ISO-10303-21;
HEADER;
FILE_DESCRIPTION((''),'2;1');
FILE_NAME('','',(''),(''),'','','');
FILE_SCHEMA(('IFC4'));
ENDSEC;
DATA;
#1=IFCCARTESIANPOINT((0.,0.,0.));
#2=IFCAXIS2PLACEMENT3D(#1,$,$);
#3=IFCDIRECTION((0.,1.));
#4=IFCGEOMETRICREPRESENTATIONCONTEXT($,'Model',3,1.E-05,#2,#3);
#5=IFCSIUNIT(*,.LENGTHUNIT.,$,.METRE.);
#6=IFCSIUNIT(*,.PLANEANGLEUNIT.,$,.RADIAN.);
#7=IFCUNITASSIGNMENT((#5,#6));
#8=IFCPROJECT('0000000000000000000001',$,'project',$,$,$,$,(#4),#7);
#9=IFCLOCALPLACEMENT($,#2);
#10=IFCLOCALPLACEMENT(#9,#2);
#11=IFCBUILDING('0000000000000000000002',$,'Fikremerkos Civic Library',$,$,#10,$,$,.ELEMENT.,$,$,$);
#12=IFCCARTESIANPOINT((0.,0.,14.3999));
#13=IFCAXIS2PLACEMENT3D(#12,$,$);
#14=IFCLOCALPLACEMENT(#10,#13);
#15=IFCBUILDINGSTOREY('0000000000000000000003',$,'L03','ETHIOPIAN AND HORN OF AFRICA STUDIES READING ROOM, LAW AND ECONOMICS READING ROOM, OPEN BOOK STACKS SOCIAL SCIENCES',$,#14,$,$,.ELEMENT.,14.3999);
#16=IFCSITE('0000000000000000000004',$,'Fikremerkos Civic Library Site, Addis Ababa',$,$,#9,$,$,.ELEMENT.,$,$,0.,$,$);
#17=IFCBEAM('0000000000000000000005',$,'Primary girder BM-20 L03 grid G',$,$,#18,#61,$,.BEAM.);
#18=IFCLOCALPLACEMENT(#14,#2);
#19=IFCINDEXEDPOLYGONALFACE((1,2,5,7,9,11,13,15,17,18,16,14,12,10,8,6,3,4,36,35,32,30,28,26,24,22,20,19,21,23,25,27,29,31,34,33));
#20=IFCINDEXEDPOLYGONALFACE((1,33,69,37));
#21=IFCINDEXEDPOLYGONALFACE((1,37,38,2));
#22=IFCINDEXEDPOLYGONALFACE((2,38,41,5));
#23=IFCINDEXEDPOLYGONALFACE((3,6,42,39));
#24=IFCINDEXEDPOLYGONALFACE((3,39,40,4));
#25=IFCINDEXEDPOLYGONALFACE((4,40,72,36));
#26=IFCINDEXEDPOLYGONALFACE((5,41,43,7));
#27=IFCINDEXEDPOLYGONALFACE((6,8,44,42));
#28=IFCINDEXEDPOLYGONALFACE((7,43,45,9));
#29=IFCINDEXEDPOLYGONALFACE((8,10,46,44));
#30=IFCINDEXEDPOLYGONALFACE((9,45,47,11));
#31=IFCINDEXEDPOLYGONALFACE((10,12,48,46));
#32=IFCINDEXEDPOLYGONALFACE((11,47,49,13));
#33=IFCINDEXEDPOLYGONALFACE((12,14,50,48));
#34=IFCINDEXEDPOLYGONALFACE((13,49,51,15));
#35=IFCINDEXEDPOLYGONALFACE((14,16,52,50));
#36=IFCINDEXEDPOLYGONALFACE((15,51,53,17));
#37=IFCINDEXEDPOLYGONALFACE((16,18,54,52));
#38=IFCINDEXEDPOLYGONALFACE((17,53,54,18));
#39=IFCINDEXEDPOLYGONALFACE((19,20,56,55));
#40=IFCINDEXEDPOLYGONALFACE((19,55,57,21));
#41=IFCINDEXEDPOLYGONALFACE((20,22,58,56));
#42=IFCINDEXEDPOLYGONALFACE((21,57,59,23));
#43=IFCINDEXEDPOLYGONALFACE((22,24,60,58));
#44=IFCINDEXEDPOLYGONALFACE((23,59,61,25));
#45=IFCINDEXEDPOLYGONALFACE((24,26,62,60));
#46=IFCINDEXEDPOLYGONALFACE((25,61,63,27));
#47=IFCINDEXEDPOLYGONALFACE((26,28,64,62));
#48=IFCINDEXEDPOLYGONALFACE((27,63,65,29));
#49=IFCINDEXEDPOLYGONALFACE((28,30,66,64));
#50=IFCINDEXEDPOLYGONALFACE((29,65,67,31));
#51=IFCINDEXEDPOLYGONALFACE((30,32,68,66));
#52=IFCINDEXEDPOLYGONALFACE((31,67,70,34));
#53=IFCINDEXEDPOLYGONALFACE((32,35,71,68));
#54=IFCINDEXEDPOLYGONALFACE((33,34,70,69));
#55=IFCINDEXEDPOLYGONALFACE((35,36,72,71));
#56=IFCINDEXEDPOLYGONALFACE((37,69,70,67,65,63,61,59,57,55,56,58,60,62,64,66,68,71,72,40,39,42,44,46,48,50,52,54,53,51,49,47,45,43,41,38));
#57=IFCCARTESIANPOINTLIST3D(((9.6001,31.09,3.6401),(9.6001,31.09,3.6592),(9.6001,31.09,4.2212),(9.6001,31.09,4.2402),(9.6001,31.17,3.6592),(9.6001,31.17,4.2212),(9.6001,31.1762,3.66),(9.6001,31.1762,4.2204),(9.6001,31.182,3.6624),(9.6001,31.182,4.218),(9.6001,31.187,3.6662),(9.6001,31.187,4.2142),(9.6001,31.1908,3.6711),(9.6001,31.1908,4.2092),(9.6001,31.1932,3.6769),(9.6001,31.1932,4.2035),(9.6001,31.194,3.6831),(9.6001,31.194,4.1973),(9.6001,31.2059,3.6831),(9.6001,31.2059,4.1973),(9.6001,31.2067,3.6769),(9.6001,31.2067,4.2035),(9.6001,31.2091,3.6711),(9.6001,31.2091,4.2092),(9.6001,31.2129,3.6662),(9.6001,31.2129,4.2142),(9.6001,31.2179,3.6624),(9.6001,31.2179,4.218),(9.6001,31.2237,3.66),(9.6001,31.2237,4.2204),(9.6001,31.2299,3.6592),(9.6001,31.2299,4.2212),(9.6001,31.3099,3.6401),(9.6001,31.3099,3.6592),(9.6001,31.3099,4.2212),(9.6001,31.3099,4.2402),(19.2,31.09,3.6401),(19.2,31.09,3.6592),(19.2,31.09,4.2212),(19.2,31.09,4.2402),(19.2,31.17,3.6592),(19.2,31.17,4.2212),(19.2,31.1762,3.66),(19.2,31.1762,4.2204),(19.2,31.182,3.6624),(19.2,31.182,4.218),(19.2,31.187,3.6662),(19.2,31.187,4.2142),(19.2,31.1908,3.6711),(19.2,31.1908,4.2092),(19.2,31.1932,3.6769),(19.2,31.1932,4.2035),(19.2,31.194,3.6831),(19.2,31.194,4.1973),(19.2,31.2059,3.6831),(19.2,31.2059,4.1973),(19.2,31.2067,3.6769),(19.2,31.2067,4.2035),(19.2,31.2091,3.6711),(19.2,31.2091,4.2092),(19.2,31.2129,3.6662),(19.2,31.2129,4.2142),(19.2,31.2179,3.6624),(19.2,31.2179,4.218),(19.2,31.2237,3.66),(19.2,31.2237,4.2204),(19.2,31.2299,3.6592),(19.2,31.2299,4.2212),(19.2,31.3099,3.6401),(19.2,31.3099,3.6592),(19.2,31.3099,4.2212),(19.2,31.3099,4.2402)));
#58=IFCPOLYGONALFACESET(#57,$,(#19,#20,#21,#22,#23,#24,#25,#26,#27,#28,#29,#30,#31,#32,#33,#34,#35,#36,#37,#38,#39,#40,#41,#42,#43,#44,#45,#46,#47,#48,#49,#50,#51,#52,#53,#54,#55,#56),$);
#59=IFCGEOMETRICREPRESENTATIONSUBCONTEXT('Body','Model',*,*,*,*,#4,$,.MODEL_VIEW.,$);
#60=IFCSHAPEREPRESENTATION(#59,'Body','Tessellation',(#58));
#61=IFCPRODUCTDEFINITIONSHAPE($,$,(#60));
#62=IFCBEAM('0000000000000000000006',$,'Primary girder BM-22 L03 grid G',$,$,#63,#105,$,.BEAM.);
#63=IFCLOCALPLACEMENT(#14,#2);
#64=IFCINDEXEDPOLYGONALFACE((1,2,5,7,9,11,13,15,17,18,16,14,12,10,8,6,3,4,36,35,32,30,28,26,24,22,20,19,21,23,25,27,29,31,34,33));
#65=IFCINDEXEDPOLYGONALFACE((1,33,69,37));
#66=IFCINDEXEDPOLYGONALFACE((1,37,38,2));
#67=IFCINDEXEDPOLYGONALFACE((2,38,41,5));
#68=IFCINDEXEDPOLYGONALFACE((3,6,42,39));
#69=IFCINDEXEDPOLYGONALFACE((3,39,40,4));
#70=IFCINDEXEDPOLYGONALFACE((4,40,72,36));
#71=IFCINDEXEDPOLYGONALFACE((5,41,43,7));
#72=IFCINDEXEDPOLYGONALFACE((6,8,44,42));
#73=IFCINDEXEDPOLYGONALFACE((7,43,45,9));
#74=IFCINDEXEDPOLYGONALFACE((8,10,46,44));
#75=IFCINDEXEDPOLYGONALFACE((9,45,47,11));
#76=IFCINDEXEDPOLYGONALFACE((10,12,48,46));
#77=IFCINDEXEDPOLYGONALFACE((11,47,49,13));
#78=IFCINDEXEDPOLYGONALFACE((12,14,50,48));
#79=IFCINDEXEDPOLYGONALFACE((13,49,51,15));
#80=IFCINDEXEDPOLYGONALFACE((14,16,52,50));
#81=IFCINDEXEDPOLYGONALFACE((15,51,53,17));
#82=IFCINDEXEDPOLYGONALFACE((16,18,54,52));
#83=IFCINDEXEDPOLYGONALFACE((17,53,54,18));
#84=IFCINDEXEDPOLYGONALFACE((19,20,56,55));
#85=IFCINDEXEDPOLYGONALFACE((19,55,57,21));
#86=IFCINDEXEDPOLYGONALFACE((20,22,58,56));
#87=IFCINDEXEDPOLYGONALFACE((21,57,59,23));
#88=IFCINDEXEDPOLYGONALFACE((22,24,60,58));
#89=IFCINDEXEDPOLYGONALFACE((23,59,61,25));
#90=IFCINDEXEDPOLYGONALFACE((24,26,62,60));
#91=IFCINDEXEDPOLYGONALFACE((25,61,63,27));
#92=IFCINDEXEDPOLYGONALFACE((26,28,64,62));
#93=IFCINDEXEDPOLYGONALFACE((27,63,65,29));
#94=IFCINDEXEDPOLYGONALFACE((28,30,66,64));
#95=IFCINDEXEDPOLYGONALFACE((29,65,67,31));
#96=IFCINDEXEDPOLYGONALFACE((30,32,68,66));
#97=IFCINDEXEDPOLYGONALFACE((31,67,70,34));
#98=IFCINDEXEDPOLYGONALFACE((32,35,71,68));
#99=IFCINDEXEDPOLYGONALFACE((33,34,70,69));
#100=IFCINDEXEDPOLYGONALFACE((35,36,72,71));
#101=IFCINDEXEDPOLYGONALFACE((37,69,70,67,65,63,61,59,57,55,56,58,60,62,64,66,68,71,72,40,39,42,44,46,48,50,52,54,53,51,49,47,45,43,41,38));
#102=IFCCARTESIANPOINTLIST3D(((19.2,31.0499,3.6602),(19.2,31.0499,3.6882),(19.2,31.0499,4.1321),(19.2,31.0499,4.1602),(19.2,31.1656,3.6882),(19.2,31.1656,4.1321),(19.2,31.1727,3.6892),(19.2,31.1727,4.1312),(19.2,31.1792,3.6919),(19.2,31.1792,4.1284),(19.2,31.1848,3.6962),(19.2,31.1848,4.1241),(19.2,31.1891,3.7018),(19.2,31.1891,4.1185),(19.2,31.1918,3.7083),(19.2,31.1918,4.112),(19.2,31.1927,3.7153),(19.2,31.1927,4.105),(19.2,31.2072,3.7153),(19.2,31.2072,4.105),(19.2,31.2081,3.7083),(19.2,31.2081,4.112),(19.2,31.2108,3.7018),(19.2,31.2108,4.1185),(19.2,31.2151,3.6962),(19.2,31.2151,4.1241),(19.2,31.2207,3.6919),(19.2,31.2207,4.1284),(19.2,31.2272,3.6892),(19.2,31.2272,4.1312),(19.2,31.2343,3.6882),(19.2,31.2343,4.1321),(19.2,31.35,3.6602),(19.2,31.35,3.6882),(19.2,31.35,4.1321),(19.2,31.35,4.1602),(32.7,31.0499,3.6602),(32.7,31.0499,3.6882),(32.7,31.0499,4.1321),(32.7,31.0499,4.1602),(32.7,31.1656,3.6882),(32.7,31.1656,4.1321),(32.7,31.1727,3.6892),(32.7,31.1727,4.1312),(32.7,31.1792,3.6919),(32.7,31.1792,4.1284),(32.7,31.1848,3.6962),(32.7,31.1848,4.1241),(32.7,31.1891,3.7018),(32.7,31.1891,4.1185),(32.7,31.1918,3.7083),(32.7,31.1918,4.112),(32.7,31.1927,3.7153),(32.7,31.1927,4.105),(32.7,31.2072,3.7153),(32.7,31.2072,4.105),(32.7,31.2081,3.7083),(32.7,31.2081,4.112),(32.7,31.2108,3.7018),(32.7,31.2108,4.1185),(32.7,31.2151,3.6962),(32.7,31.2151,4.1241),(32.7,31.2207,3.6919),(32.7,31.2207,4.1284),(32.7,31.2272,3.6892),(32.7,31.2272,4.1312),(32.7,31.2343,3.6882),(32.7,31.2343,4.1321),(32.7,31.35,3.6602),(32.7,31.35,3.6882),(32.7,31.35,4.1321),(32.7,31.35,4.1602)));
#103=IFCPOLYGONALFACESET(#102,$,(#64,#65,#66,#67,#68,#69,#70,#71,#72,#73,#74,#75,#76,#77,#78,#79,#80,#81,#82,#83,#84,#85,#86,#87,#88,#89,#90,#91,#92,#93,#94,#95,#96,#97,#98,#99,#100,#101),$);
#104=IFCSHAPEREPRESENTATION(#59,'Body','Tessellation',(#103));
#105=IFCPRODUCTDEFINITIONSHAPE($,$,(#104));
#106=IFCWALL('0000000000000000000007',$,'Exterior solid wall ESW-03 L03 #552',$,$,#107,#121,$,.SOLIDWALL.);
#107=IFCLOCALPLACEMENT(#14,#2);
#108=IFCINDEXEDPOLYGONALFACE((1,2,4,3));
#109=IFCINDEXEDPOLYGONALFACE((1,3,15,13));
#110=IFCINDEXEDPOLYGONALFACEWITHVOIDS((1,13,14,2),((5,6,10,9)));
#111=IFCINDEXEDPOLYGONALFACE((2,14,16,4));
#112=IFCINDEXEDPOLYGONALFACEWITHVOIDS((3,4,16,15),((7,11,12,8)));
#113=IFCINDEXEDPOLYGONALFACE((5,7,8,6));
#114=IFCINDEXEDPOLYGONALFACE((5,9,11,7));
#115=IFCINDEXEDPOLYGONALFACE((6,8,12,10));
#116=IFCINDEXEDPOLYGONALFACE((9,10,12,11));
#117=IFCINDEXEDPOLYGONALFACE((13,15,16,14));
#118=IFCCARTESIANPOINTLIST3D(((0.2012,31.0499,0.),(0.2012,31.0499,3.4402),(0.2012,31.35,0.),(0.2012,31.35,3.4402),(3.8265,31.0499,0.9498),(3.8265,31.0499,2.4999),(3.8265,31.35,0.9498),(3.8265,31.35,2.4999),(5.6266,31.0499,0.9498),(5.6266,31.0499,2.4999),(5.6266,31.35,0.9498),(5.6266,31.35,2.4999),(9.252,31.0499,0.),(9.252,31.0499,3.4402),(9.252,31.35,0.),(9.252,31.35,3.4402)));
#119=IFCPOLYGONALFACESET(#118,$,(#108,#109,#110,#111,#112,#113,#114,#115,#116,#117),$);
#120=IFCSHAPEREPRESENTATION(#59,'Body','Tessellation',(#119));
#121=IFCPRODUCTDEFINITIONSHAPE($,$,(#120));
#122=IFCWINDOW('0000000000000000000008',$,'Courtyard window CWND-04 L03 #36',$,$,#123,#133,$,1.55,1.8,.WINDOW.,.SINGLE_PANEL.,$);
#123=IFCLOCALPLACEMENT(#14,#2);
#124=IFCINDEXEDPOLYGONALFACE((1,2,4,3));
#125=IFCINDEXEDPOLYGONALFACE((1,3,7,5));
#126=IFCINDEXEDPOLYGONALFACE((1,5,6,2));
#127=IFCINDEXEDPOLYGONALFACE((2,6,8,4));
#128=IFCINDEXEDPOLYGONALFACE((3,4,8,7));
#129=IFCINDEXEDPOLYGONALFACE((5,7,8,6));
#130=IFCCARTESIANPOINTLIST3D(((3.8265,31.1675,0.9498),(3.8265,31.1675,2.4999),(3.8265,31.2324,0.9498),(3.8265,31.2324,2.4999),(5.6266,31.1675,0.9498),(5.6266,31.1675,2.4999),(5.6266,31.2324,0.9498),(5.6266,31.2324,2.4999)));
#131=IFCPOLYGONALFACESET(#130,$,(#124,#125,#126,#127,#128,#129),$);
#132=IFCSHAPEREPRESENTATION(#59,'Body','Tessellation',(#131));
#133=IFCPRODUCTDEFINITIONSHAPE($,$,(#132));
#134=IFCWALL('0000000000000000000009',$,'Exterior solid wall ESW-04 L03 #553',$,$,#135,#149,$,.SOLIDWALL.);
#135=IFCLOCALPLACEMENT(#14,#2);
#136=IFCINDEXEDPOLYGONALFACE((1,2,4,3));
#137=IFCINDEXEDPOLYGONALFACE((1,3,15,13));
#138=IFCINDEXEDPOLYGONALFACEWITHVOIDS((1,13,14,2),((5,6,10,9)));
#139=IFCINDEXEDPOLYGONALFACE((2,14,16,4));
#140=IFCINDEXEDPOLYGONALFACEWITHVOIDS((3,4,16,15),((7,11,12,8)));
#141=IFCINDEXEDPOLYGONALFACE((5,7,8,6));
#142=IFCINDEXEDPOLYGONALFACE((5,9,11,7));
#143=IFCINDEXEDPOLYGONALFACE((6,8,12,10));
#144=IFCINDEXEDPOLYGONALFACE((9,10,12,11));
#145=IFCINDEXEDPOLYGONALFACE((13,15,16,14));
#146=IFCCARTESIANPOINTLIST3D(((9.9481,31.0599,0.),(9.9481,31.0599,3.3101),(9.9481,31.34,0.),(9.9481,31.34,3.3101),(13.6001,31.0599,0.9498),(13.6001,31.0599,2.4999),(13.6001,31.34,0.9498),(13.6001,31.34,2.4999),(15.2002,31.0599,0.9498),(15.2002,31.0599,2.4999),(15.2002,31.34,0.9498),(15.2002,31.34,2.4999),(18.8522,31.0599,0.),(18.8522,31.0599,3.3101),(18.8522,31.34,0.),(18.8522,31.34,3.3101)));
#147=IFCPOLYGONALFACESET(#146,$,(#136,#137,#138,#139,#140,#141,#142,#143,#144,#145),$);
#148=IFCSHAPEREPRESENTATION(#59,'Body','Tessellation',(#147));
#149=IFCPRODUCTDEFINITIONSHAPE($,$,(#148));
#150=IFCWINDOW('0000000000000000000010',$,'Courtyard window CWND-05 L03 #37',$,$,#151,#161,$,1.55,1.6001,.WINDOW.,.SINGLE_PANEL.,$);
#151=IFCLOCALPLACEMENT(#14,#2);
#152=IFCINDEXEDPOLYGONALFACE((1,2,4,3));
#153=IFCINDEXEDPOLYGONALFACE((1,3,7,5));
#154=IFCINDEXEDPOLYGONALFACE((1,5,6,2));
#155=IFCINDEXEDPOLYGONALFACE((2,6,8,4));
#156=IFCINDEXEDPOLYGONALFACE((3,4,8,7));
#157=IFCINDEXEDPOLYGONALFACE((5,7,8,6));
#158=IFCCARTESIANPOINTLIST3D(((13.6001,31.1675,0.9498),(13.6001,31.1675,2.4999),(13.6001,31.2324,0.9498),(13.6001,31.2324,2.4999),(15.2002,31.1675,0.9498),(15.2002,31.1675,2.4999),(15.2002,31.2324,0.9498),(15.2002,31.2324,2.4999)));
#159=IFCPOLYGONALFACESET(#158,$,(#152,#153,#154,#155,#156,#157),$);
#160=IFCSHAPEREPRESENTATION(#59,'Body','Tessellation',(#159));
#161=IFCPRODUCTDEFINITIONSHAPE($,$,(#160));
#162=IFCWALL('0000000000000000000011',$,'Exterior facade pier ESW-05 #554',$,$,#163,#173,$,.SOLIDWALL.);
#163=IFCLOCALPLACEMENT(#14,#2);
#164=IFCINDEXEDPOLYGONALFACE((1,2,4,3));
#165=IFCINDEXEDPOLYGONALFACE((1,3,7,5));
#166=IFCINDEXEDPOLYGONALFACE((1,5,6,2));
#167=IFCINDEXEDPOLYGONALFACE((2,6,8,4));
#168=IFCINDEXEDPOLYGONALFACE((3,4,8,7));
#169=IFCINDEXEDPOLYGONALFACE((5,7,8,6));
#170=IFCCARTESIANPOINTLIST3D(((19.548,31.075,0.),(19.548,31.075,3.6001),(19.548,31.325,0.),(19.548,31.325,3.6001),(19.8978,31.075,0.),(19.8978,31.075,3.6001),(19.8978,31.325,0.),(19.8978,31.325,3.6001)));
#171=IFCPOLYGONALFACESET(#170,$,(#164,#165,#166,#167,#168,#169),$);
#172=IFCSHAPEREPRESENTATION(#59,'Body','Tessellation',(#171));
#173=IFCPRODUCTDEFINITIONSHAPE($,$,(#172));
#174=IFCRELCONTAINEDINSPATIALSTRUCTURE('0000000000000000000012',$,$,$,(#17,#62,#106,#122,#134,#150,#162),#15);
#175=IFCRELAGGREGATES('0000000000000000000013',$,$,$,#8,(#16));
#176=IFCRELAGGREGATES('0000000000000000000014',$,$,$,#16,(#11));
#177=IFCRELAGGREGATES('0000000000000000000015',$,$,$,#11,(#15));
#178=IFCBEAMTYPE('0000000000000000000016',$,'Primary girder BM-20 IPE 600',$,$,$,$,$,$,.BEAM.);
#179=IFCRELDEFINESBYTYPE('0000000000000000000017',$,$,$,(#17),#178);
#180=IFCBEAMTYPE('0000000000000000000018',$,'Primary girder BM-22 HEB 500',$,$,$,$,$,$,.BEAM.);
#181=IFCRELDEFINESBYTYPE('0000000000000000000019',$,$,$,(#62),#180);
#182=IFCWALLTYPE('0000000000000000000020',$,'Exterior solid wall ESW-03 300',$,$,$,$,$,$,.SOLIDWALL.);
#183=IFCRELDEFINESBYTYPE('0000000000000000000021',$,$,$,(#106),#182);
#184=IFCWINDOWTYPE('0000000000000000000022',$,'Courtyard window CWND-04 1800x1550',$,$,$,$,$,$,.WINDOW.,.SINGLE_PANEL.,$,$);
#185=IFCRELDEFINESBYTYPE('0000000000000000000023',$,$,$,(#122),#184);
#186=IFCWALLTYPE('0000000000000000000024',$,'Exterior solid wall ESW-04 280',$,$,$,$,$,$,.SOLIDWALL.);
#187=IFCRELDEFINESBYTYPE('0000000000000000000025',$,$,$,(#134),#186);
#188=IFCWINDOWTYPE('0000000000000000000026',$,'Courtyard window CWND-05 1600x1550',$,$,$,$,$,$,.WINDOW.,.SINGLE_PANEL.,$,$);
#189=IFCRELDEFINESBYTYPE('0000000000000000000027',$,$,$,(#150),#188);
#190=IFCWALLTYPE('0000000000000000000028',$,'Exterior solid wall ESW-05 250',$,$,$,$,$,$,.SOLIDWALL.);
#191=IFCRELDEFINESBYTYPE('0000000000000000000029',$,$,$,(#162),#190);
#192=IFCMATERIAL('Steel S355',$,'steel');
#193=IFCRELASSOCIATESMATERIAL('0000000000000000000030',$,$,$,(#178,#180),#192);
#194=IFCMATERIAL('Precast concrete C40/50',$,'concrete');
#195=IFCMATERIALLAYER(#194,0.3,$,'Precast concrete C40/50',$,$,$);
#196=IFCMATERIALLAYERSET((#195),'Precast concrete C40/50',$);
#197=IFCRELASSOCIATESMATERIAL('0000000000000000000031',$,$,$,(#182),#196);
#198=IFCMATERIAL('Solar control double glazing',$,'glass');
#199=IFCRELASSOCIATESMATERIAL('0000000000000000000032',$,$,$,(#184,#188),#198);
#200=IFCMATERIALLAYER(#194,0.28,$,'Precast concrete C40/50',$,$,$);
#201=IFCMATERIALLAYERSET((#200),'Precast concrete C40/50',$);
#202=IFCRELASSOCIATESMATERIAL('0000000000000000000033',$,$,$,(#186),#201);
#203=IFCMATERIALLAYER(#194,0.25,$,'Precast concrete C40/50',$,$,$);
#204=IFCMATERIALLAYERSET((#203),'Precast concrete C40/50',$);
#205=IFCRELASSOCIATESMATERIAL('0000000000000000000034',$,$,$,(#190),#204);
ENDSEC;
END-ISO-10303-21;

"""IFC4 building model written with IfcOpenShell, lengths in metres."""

from ifc_helpers import new_model, si_unit, direction, frame, frame_2d, origin, origin_2d, place, context, subcontext, project, spatial, rectangle, i_section, extrude, material, layer, layer_set, material_profile, profile_set, type_object, element, fill, save


model = new_model("IFC4")

# Units and contexts
model_context = context("Model", 3, precision=1e-05, world=origin(), true_north=direction((0.0, 1.0)))
body_context = subcontext(model_context, "Body", "Model", "MODEL_VIEW")
ifc_project = project(units=[si_unit("LENGTHUNIT", "METRE"), si_unit("PLANEANGLEUNIT", "RADIAN")], contexts=[model_context])

# Site, building, storey
site_placement = place(None, origin())
site = spatial("IfcSite", under=ifc_project, at=site_placement, Name="Fikremerkos Civic Library Site, Addis Ababa", CompositionType="ELEMENT", RefElevation=0.0)
building_placement = place(site_placement, origin())
building = spatial("IfcBuilding", under=site, at=building_placement, Name="Fikremerkos Civic Library", CompositionType="ELEMENT")
storey_placement = place(building_placement, frame((0.0, 0.0, 14.3999)))
storey = spatial("IfcBuildingStorey", under=building, at=storey_placement, Name="L03", Description="ETHIOPIAN AND HORN OF AFRICA STUDIES READING ROOM, LAW AND ECONOMICS READING ROOM, OPEN BOOK STACKS SOCIAL SCIENCES", CompositionType="ELEMENT", Elevation=14.3999)

# Beams
ifc_material_1 = material(Name="Steel S355", Category="steel")
ifc_material_profile_1 = material_profile(ifc_material_1, i_section(OverallWidth=0.22, OverallDepth=0.6001, WebThickness=0.012, FlangeThickness=0.019, FilletRadius=0.0239, at=origin_2d()), Name="IPE 600")
ifc_profile_set_1 = profile_set([ifc_material_profile_1], Name="Steel S355")
beam_type_1 = type_object("IfcBeamType", Name="Primary girder BM-20 IPE 600", PredefinedType="BEAM", material=ifc_profile_set_1)
beam_1_placement = place(storey_placement, frame((9.6001, 31.2, 3.9402), z_axis=(1.0, 0.0, 0.0), x_axis=(0.0, 1.0, 0.0)))
element("IfcBeam", 1, at=beam_1_placement, inside=storey, type_object=beam_type_1, Name="Primary girder BM-20 L03 grid G", PredefinedType="BEAM", context=body_context, shape_type="SweptSolid", body=[
    extrude(i_section(OverallWidth=0.22, OverallDepth=0.6001, WebThickness=0.012, FlangeThickness=0.019, FilletRadius=0.0239, at=origin_2d()), origin(), (0.0, 0.0, 1.0), 9.5999),
])
ifc_material_profile_2 = material_profile(ifc_material_1, i_section(OverallWidth=0.3, OverallDepth=0.5, WebThickness=0.0144, FlangeThickness=0.0281, FilletRadius=0.0271, at=origin_2d()), Name="HEB 500")
ifc_profile_set_2 = profile_set([ifc_material_profile_2], Name="Steel S355")
beam_type_2 = type_object("IfcBeamType", Name="Primary girder BM-22 HEB 500", PredefinedType="BEAM", material=ifc_profile_set_2)
beam_2_placement = place(storey_placement, frame((19.2, 31.2, 3.9102), z_axis=(1.0, 0.0, 0.0), x_axis=(0.0, 1.0, 0.0)))
element("IfcBeam", 2, at=beam_2_placement, inside=storey, type_object=beam_type_2, Name="Primary girder BM-22 L03 grid G", PredefinedType="BEAM", context=body_context, shape_type="SweptSolid", body=[
    extrude(i_section(OverallWidth=0.3, OverallDepth=0.5, WebThickness=0.0144, FlangeThickness=0.0281, FilletRadius=0.0271, at=origin_2d()), origin(), (0.0, 0.0, 1.0), 13.5),
])

# Walls, openings, windows
ifc_material_2 = material(Name="Precast concrete C40/50", Category="concrete")
ifc_layer_1 = layer(ifc_material_2, 0.3, Name="Precast concrete C40/50")
ifc_layer_set_1 = layer_set([ifc_layer_1], Name="Precast concrete C40/50")
wall_type_1 = type_object("IfcWallType", Name="Exterior solid wall ESW-03 300", PredefinedType="SOLIDWALL", material=ifc_layer_set_1)
wall_1_placement = place(storey_placement, frame((0.2012, 31.2, 0.0), z_axis=(0.0, 0.0, 1.0), x_axis=(1.0, 0.0, 0.0)))
wall_1 = element("IfcWall", 3, at=wall_1_placement, inside=storey, type_object=wall_type_1, Name="Exterior solid wall ESW-03 L03 #552", PredefinedType="SOLIDWALL", context=body_context, shape_type="SweptSolid", body=[
    extrude(rectangle(XDim=9.0508, YDim=0.3, at=frame_2d((4.5254, 0.0))), origin(), (0.0, 0.0, 1.0), 3.4402),
])
opening_1_placement = place(wall_1_placement, frame((3.6255, 0.0, 0.95)))
opening_1 = element("IfcOpeningElement", 4, at=opening_1_placement, cuts=wall_1, PredefinedType="OPENING", context=body_context, shape_type="SweptSolid", body=[
    extrude(rectangle(XDim=1.8, YDim=1.55, at=frame_2d((0.8999, 0.7749))), frame((0.0, 0.1599, 0.0), z_axis=(0.0, -1.0, 0.0), x_axis=(1.0, 0.0, 0.0)), (0.0, 0.0, 1.0), 0.3201),
])
ifc_material_3 = material(Name="Solar control double glazing", Category="glass")
window_type_1 = type_object("IfcWindowType", Name="Courtyard window CWND-04 1800x1550", PartitioningType="SINGLE_PANEL", PredefinedType="WINDOW", material=ifc_material_3)
window_1_placement = place(opening_1_placement, origin())
window_1 = element("IfcWindow", 5, at=window_1_placement, inside=storey, type_object=window_type_1, Name="Courtyard window CWND-04 L03 #36", OverallHeight=1.55, OverallWidth=1.8, PartitioningType="SINGLE_PANEL", PredefinedType="WINDOW", context=body_context, shape_type="SweptSolid", body=[
    extrude(rectangle(XDim=1.8, YDim=1.55, at=frame_2d((0.8999, 0.7749))), frame((0.0, 0.0325, 0.0), z_axis=(0.0, -1.0, 0.0), x_axis=(1.0, 0.0, 0.0)), (0.0, 0.0, 1.0), 0.0649),
])
fill(opening_1, window_1)
ifc_layer_2 = layer(ifc_material_2, 0.28, Name="Precast concrete C40/50")
ifc_layer_set_2 = layer_set([ifc_layer_2], Name="Precast concrete C40/50")
wall_type_2 = type_object("IfcWallType", Name="Exterior solid wall ESW-04 280", PredefinedType="SOLIDWALL", material=ifc_layer_set_2)
wall_2_placement = place(storey_placement, frame((9.948, 31.2, 0.0), z_axis=(0.0, 0.0, 1.0), x_axis=(1.0, 0.0, 0.0)))
wall_2 = element("IfcWall", 6, at=wall_2_placement, inside=storey, type_object=wall_type_2, Name="Exterior solid wall ESW-04 L03 #553", PredefinedType="SOLIDWALL", context=body_context, shape_type="SweptSolid", body=[
    extrude(rectangle(XDim=8.9041, YDim=0.28, at=frame_2d((4.4521, 0.0))), origin(), (0.0, 0.0, 1.0), 3.3101),
])
opening_2_placement = place(wall_2_placement, frame((3.6521, 0.0, 0.95)))
opening_2 = element("IfcOpeningElement", 7, at=opening_2_placement, cuts=wall_2, PredefinedType="OPENING", context=body_context, shape_type="SweptSolid", body=[
    extrude(rectangle(XDim=1.6001, YDim=1.55, at=frame_2d((0.8, 0.7749))), frame((0.0, 0.1499, 0.0), z_axis=(0.0, -1.0, 0.0), x_axis=(1.0, 0.0, 0.0)), (0.0, 0.0, 1.0), 0.3),
])
window_type_2 = type_object("IfcWindowType", Name="Courtyard window CWND-05 1600x1550", PartitioningType="SINGLE_PANEL", PredefinedType="WINDOW", material=ifc_material_3)
window_2_placement = place(opening_2_placement, origin())
window_2 = element("IfcWindow", 8, at=window_2_placement, inside=storey, type_object=window_type_2, Name="Courtyard window CWND-05 L03 #37", OverallHeight=1.55, OverallWidth=1.6001, PartitioningType="SINGLE_PANEL", PredefinedType="WINDOW", context=body_context, shape_type="SweptSolid", body=[
    extrude(rectangle(XDim=1.6001, YDim=1.55, at=frame_2d((0.8, 0.7749))), frame((0.0, 0.0325, 0.0), z_axis=(0.0, -1.0, 0.0), x_axis=(1.0, 0.0, 0.0)), (0.0, 0.0, 1.0), 0.0649),
])
fill(opening_2, window_2)

# Wall
ifc_layer_3 = layer(ifc_material_2, 0.25, Name="Precast concrete C40/50")
ifc_layer_set_3 = layer_set([ifc_layer_3], Name="Precast concrete C40/50")
wall_type_3 = type_object("IfcWallType", Name="Exterior solid wall ESW-05 250", PredefinedType="SOLIDWALL", material=ifc_layer_set_3)
wall_3_placement = place(storey_placement, frame((19.5481, 31.2, 0.0), z_axis=(0.0, 0.0, 1.0), x_axis=(1.0, 0.0, 0.0)))
element("IfcWall", 9, at=wall_3_placement, inside=storey, type_object=wall_type_3, Name="Exterior facade pier ESW-05 #554", PredefinedType="SOLIDWALL", context=body_context, shape_type="SweptSolid", body=[
    extrude(rectangle(XDim=0.3499, YDim=0.25, at=frame_2d((0.1748, 0.0))), origin(), (0.0, 0.0, 1.0), 3.6001),
])

save(model, "model.ifc")
